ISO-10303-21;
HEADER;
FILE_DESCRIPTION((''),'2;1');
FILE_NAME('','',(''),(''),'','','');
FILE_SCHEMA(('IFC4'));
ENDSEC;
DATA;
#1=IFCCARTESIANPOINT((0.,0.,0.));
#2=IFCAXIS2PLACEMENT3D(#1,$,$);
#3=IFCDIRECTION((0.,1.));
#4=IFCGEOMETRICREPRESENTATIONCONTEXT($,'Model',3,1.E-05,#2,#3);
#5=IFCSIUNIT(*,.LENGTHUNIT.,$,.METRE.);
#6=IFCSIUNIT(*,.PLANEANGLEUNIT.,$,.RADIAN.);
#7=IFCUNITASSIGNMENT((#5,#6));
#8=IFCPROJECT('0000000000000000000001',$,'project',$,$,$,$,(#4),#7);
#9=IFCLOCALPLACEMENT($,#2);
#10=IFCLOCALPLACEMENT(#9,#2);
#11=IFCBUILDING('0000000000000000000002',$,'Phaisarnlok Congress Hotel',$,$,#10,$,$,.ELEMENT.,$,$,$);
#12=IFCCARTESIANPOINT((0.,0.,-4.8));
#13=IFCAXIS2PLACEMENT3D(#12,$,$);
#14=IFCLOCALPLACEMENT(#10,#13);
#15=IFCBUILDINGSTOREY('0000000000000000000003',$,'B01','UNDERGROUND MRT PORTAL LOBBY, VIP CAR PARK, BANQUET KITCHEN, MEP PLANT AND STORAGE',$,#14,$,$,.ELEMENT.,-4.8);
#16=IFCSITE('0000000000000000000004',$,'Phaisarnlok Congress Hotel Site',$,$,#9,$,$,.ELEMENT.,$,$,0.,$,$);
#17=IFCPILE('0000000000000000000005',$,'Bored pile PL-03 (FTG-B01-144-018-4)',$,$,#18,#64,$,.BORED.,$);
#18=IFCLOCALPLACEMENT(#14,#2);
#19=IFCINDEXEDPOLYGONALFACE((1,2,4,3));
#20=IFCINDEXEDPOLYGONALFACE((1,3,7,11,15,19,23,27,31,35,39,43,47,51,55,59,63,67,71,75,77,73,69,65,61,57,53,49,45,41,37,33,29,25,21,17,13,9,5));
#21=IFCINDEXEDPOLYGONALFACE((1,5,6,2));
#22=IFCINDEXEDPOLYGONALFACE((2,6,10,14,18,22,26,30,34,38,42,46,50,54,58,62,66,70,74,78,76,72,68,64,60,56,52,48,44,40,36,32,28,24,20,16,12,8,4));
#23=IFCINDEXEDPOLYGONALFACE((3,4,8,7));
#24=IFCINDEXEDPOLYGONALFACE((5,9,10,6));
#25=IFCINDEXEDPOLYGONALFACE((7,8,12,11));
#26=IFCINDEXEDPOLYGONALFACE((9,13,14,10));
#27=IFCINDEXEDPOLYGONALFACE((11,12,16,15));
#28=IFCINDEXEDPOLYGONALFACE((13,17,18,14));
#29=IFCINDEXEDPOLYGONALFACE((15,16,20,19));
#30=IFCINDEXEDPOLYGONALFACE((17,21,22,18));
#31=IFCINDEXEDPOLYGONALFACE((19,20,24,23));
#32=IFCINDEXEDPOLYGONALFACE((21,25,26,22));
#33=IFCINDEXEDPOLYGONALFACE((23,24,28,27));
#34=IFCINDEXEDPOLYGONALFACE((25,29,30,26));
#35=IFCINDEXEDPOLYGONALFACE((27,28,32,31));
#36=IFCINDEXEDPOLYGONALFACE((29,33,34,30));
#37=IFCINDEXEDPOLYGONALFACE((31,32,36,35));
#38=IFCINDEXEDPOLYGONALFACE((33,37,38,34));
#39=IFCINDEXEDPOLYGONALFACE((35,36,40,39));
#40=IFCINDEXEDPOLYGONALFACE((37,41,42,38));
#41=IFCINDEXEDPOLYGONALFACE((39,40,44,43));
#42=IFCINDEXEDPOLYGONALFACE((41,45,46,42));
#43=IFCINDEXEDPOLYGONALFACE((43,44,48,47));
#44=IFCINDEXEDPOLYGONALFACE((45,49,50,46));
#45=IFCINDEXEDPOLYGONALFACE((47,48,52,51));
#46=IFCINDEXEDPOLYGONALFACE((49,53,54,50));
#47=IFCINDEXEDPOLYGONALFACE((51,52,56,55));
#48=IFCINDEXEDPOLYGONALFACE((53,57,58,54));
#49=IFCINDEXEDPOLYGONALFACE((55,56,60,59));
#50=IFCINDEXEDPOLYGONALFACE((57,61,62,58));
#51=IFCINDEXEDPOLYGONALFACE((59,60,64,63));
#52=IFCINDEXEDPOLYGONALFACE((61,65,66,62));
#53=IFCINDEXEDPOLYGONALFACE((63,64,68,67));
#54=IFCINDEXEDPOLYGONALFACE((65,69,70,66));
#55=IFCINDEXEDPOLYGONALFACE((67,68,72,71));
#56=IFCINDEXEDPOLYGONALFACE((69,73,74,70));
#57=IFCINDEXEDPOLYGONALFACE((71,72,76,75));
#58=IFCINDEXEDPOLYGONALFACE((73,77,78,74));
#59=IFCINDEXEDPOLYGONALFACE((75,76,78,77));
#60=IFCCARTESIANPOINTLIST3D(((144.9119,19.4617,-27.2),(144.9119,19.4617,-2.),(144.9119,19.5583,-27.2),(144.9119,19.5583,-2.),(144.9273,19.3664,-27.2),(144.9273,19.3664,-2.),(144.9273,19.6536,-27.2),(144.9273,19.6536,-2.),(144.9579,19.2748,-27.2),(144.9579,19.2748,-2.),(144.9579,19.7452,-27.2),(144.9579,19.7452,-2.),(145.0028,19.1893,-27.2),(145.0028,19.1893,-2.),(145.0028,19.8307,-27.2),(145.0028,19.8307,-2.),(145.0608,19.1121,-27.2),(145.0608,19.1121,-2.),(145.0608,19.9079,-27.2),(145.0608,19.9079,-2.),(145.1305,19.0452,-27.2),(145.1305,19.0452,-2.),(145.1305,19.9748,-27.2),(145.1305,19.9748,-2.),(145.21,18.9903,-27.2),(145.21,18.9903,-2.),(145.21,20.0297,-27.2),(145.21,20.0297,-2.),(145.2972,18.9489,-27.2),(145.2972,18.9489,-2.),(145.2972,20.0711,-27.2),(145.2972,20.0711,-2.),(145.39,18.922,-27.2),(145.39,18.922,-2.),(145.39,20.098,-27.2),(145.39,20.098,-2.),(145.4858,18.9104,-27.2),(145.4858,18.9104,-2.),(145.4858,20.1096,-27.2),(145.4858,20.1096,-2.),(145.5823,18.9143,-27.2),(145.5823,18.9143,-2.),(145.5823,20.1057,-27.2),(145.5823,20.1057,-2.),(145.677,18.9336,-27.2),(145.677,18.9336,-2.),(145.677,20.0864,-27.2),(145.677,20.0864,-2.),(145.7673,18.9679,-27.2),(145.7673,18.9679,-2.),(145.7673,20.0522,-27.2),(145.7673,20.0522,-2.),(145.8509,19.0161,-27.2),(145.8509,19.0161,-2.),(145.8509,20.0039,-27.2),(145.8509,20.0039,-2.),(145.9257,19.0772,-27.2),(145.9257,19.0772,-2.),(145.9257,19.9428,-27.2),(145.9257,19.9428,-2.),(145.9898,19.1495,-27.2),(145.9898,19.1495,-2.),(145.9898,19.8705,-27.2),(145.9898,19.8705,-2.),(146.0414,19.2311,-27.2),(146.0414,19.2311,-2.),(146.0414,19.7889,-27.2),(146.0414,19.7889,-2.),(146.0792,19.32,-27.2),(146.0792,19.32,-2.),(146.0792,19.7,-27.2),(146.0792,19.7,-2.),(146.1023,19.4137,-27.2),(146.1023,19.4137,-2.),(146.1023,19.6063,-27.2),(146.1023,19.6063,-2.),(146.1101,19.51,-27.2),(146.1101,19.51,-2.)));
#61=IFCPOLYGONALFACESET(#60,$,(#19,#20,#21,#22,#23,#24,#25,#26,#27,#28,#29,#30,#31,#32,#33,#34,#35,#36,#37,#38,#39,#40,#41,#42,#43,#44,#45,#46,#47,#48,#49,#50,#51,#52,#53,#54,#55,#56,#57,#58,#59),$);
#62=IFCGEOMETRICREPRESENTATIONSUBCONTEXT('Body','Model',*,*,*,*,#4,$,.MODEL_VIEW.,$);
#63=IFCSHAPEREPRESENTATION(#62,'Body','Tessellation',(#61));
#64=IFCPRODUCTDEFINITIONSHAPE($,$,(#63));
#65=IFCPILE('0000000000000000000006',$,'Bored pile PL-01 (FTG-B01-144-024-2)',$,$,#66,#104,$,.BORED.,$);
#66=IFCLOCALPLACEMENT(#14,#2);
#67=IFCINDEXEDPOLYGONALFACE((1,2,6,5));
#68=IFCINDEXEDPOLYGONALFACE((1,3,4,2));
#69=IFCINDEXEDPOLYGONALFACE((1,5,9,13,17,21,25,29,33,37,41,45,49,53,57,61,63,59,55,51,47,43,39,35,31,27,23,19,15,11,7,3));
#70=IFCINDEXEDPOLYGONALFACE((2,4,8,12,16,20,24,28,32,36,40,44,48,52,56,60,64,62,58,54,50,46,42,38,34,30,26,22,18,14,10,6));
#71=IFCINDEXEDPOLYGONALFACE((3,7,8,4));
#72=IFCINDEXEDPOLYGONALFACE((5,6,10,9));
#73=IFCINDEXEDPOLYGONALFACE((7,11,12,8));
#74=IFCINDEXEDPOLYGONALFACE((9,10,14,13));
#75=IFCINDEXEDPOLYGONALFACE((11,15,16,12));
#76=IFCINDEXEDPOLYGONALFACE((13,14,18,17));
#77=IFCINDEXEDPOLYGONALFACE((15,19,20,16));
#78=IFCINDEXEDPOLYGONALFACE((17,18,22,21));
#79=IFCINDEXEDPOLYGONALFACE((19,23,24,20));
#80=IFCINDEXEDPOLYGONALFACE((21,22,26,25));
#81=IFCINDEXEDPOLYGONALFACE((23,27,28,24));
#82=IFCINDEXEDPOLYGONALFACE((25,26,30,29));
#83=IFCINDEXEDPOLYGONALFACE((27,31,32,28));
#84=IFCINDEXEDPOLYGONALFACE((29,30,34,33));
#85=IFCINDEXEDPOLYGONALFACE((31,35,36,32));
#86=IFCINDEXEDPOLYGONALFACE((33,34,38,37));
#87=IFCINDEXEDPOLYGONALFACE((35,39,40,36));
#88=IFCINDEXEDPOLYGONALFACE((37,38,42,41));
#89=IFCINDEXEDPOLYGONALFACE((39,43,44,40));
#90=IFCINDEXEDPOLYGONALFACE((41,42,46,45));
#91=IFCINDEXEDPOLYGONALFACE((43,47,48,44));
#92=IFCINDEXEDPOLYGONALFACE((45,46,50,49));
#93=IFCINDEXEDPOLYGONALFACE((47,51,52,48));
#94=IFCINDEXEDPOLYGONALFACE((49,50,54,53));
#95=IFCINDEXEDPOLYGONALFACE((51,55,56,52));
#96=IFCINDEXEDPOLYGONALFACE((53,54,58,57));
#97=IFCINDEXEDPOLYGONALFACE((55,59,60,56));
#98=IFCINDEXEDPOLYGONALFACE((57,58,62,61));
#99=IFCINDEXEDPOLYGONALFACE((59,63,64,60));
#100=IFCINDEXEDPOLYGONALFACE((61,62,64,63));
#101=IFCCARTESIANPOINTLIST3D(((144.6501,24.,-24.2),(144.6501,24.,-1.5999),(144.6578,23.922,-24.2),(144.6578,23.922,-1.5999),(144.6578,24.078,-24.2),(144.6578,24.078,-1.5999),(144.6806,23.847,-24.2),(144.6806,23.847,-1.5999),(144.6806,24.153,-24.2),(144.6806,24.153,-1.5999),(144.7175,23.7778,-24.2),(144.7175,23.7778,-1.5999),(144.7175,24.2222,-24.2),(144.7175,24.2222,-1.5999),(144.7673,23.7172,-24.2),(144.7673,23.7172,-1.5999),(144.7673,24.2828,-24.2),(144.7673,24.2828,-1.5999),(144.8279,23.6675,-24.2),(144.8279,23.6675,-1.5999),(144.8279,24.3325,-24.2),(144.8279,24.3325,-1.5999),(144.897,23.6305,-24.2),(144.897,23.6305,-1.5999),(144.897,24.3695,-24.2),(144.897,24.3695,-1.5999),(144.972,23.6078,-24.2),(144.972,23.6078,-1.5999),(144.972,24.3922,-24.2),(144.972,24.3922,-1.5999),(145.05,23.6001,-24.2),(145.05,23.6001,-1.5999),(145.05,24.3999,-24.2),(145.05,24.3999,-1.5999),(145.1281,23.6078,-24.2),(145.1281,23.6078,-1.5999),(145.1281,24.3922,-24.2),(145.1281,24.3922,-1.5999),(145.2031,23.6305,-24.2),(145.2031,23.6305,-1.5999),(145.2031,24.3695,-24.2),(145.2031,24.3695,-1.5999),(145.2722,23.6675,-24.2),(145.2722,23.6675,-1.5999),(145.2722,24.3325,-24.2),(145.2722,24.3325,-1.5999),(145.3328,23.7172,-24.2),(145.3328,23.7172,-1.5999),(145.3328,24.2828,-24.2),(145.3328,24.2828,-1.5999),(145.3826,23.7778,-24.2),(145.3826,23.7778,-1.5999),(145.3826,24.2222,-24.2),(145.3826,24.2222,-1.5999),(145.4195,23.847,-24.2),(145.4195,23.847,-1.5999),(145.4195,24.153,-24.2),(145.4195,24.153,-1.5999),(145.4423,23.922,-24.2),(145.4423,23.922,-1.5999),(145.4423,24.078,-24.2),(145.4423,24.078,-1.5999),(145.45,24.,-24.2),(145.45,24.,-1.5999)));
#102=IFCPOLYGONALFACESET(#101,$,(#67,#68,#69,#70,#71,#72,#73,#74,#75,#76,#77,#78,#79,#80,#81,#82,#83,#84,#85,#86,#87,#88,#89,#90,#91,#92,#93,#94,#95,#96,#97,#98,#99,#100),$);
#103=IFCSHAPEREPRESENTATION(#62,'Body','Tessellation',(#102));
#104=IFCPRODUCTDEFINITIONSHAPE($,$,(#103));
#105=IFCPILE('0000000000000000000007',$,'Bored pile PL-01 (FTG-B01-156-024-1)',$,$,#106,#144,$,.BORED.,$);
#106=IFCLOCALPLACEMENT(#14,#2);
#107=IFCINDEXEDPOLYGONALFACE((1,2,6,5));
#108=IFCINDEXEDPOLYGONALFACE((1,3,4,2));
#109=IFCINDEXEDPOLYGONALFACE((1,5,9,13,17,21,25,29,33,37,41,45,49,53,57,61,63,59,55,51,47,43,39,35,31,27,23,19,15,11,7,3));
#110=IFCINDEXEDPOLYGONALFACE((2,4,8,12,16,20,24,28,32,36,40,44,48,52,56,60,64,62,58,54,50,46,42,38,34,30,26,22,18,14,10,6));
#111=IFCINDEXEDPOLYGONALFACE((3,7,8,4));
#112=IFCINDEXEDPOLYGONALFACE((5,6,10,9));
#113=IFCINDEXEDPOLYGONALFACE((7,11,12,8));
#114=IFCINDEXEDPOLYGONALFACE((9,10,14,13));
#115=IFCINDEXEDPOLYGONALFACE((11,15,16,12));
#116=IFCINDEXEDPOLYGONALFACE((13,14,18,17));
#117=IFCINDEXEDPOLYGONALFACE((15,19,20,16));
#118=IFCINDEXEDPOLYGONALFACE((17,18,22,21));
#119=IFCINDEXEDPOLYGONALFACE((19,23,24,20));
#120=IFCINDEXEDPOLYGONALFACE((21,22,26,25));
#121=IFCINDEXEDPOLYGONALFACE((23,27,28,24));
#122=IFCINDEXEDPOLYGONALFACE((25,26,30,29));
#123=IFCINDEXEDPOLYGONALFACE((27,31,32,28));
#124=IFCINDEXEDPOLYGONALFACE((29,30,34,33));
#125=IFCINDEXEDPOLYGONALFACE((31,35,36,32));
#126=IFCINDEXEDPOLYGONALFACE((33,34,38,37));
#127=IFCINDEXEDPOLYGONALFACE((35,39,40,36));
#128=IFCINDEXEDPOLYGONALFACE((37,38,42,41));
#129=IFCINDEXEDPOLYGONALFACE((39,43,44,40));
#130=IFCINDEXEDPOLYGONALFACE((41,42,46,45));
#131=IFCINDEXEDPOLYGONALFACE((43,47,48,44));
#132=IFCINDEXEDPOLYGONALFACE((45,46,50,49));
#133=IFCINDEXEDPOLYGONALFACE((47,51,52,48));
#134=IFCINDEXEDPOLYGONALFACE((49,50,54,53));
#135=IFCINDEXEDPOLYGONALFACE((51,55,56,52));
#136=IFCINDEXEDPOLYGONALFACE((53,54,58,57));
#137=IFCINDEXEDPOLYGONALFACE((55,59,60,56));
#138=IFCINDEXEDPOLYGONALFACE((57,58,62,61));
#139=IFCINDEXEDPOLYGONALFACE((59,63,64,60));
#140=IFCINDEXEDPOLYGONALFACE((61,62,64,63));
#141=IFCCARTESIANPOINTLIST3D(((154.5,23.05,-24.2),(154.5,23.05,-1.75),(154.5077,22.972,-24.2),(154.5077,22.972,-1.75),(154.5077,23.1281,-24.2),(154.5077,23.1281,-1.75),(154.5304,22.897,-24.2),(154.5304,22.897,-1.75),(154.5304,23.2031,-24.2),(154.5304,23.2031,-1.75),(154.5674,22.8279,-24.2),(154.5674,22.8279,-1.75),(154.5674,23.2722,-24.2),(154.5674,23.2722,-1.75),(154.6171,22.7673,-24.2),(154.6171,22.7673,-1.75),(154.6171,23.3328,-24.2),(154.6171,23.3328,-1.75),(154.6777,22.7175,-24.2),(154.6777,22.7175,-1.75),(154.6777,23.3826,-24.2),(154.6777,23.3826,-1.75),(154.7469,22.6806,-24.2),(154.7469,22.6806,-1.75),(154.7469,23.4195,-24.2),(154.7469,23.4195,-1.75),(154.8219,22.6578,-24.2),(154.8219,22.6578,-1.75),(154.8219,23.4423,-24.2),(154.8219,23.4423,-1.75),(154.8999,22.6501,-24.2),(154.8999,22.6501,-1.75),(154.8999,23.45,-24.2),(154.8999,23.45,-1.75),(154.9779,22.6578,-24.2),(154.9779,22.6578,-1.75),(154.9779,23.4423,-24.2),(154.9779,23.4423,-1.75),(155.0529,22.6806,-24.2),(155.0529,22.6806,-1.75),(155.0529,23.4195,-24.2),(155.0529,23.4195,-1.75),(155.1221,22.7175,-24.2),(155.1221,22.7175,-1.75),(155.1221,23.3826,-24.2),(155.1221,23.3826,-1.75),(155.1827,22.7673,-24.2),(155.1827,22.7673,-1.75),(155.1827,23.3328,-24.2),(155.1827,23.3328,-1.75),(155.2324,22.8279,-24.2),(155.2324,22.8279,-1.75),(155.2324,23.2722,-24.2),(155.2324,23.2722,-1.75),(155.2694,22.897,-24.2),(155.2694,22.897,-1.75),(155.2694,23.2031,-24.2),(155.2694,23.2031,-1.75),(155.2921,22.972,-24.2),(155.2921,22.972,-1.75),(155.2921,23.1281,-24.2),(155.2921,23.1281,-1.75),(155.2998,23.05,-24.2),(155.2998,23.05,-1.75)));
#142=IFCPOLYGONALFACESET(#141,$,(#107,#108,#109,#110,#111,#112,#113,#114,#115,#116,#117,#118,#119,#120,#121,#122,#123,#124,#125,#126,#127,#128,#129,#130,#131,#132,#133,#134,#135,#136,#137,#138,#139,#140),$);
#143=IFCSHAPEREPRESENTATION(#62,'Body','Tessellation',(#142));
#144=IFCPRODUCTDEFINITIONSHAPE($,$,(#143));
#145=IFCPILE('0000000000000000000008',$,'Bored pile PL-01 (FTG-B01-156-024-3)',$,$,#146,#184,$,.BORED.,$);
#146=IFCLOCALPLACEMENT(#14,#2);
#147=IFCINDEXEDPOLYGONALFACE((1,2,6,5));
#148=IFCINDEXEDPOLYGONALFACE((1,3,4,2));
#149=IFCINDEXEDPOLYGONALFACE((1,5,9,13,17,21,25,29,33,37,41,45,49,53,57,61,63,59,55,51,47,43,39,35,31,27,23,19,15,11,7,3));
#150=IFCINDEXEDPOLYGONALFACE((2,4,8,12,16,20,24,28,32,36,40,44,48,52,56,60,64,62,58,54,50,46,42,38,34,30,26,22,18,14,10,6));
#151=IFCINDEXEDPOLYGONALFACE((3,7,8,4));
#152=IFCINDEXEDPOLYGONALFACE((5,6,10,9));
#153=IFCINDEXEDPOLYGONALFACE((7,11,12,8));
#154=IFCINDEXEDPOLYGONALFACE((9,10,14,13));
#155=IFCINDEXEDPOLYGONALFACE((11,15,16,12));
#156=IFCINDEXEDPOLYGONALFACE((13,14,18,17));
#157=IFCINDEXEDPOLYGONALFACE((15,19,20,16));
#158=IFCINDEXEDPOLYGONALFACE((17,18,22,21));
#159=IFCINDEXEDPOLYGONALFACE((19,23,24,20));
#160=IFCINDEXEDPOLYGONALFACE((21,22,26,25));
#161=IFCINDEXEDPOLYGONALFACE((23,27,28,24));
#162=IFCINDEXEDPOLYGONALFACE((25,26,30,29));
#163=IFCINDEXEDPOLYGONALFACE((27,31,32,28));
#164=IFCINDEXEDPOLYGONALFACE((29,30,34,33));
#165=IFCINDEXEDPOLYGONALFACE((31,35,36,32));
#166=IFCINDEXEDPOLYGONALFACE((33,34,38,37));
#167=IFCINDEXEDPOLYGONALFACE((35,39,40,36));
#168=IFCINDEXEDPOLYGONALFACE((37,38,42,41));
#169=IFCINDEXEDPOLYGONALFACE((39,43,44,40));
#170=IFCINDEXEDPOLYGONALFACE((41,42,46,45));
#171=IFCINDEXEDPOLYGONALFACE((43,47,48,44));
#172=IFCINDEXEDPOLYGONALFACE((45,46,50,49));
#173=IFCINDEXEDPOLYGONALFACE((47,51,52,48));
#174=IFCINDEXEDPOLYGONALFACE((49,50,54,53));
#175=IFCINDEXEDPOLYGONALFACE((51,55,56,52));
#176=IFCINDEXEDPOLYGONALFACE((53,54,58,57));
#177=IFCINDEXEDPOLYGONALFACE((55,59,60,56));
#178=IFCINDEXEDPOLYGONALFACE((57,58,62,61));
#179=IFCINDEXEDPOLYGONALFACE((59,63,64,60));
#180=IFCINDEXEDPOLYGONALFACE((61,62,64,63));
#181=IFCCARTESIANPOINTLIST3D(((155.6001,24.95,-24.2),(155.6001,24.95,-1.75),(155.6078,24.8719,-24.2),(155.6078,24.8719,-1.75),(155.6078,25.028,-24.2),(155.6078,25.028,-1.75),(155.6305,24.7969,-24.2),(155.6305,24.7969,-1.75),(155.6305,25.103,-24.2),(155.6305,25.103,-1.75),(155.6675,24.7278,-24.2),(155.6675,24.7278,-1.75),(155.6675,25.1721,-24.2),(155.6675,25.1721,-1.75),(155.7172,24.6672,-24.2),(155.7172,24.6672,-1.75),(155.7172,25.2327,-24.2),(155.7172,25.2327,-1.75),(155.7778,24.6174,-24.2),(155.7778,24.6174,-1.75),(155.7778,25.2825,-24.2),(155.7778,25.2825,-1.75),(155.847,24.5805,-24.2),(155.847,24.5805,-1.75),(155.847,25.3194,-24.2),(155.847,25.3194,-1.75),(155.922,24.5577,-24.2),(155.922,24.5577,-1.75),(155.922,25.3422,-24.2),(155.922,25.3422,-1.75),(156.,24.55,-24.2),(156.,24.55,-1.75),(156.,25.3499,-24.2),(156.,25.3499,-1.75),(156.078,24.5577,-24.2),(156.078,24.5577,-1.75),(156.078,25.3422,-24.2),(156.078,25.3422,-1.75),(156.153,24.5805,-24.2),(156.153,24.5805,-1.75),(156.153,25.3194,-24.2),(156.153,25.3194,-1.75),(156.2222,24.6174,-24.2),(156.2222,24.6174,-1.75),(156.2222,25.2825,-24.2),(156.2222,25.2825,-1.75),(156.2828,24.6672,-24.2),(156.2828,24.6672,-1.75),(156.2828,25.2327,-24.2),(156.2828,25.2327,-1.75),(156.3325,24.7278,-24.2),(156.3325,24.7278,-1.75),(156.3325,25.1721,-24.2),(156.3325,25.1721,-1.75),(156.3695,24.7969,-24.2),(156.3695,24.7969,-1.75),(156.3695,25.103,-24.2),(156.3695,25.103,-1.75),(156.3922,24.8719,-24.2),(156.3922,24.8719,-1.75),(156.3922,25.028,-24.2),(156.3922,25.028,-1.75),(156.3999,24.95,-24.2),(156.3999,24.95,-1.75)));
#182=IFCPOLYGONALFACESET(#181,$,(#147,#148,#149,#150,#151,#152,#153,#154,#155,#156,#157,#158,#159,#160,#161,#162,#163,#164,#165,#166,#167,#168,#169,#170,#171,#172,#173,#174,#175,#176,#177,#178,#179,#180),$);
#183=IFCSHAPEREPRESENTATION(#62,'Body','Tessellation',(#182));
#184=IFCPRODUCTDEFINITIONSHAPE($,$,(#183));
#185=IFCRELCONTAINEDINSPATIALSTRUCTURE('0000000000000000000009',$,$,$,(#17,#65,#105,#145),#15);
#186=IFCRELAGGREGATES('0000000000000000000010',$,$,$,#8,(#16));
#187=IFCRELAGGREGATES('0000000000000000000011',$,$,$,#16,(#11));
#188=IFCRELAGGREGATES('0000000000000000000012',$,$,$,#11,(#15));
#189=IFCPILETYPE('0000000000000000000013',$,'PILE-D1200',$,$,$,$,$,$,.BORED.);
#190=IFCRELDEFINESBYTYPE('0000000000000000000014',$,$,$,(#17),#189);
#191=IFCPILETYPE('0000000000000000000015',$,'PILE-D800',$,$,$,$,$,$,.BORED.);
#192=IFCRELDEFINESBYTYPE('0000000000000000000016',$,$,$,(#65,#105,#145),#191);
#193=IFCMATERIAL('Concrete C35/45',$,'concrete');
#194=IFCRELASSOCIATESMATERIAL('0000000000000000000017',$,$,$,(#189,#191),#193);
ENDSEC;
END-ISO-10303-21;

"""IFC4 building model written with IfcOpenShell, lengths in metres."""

from ifc_helpers import new_model, si_unit, direction, frame, origin, origin_2d, place, context, subcontext, project, spatial, circle, extrude, material, material_profile, profile_set, type_object, element, save


model = new_model("IFC4")

# Units and contexts
model_context = context("Model", 3, precision=1e-05, world=origin(), true_north=direction((0.0, 1.0)))
body_context = subcontext(model_context, "Body", "Model", "MODEL_VIEW")
ifc_project = project(units=[si_unit("LENGTHUNIT", "METRE"), si_unit("PLANEANGLEUNIT", "RADIAN")], contexts=[model_context])

# Site, building, storey
site_placement = place(None, origin())
site = spatial("IfcSite", under=ifc_project, at=site_placement, Name="Phaisarnlok Congress Hotel Site", CompositionType="ELEMENT", RefElevation=0.0)
building_placement = place(site_placement, origin())
building = spatial("IfcBuilding", under=site, at=building_placement, Name="Phaisarnlok Congress Hotel", CompositionType="ELEMENT")
storey_placement = place(building_placement, frame((0.0, 0.0, -4.8)))
storey = spatial("IfcBuildingStorey", under=building, at=storey_placement, Name="B01", Description="UNDERGROUND MRT PORTAL LOBBY, VIP CAR PARK, BANQUET KITCHEN, MEP PLANT AND STORAGE", CompositionType="ELEMENT", Elevation=-4.8)

# Piles
ifc_material_1 = material(Name="Concrete C35/45", Category="concrete")
ifc_material_profile_1 = material_profile(ifc_material_1, circle(Radius=0.6001, at=origin_2d()), Name="BORED PILE D1200")
ifc_profile_set_1 = profile_set([ifc_material_profile_1], Name="Concrete C35/45")
pile_type_1 = type_object("IfcPileType", Name="PILE-D1200", PredefinedType="BORED", material=ifc_profile_set_1)
pile_1_placement = place(storey_placement, frame((145.51, 19.51, -2.0), z_axis=(0.0, 0.0, -1.0), x_axis=(1.0, 0.0, 0.0)))
element("IfcPile", 1, at=pile_1_placement, inside=storey, type_object=pile_type_1, Name="Bored pile PL-03 (FTG-B01-144-018-4)", PredefinedType="BORED", context=body_context, shape_type="SweptSolid", body=[
    extrude(circle(Radius=0.6001, at=origin_2d()), origin(), (0.0, 0.0, 1.0), 25.2),
])
ifc_material_profile_2 = material_profile(ifc_material_1, circle(Radius=0.3999, at=origin_2d()), Name="BORED PILE D800")
ifc_profile_set_2 = profile_set([ifc_material_profile_2], Name="Concrete C35/45")
pile_type_2 = type_object("IfcPileType", Name="PILE-D800", PredefinedType="BORED", material=ifc_profile_set_2)
pile_2_placement = place(storey_placement, frame((145.05, 24.0, -1.5999), z_axis=(0.0, 0.0, -1.0), x_axis=(1.0, 0.0, 0.0)))
element("IfcPile", 2, at=pile_2_placement, inside=storey, type_object=pile_type_2, Name="Bored pile PL-01 (FTG-B01-144-024-2)", PredefinedType="BORED", context=body_context, shape_type="SweptSolid", body=[
    extrude(circle(Radius=0.3999, at=origin_2d()), origin(), (0.0, 0.0, 1.0), 22.6001),
])
for number, where, z_axis, x_axis, name in (
    (3, (154.8999, 23.05, -1.75), (0.0, 0.0, -1.0), (1.0, 0.0, 0.0), "Bored pile PL-01 (FTG-B01-156-024-1)"),
    (4, (156.0, 24.95, -1.75), (0.0, 0.0, -1.0), (1.0, 0.0, 0.0), "Bored pile PL-01 (FTG-B01-156-024-3)"),
):
    element("IfcPile", number, at=place(storey_placement, frame(where, z_axis=z_axis, x_axis=x_axis)), inside=storey, type_object=pile_type_2, Name=name, PredefinedType="BORED", context=body_context, shape_type="SweptSolid", body=[
        extrude(circle(Radius=0.3999, at=origin_2d()), origin(), (0.0, 0.0, 1.0), 22.45),
    ])

save(model, "model.ifc")
